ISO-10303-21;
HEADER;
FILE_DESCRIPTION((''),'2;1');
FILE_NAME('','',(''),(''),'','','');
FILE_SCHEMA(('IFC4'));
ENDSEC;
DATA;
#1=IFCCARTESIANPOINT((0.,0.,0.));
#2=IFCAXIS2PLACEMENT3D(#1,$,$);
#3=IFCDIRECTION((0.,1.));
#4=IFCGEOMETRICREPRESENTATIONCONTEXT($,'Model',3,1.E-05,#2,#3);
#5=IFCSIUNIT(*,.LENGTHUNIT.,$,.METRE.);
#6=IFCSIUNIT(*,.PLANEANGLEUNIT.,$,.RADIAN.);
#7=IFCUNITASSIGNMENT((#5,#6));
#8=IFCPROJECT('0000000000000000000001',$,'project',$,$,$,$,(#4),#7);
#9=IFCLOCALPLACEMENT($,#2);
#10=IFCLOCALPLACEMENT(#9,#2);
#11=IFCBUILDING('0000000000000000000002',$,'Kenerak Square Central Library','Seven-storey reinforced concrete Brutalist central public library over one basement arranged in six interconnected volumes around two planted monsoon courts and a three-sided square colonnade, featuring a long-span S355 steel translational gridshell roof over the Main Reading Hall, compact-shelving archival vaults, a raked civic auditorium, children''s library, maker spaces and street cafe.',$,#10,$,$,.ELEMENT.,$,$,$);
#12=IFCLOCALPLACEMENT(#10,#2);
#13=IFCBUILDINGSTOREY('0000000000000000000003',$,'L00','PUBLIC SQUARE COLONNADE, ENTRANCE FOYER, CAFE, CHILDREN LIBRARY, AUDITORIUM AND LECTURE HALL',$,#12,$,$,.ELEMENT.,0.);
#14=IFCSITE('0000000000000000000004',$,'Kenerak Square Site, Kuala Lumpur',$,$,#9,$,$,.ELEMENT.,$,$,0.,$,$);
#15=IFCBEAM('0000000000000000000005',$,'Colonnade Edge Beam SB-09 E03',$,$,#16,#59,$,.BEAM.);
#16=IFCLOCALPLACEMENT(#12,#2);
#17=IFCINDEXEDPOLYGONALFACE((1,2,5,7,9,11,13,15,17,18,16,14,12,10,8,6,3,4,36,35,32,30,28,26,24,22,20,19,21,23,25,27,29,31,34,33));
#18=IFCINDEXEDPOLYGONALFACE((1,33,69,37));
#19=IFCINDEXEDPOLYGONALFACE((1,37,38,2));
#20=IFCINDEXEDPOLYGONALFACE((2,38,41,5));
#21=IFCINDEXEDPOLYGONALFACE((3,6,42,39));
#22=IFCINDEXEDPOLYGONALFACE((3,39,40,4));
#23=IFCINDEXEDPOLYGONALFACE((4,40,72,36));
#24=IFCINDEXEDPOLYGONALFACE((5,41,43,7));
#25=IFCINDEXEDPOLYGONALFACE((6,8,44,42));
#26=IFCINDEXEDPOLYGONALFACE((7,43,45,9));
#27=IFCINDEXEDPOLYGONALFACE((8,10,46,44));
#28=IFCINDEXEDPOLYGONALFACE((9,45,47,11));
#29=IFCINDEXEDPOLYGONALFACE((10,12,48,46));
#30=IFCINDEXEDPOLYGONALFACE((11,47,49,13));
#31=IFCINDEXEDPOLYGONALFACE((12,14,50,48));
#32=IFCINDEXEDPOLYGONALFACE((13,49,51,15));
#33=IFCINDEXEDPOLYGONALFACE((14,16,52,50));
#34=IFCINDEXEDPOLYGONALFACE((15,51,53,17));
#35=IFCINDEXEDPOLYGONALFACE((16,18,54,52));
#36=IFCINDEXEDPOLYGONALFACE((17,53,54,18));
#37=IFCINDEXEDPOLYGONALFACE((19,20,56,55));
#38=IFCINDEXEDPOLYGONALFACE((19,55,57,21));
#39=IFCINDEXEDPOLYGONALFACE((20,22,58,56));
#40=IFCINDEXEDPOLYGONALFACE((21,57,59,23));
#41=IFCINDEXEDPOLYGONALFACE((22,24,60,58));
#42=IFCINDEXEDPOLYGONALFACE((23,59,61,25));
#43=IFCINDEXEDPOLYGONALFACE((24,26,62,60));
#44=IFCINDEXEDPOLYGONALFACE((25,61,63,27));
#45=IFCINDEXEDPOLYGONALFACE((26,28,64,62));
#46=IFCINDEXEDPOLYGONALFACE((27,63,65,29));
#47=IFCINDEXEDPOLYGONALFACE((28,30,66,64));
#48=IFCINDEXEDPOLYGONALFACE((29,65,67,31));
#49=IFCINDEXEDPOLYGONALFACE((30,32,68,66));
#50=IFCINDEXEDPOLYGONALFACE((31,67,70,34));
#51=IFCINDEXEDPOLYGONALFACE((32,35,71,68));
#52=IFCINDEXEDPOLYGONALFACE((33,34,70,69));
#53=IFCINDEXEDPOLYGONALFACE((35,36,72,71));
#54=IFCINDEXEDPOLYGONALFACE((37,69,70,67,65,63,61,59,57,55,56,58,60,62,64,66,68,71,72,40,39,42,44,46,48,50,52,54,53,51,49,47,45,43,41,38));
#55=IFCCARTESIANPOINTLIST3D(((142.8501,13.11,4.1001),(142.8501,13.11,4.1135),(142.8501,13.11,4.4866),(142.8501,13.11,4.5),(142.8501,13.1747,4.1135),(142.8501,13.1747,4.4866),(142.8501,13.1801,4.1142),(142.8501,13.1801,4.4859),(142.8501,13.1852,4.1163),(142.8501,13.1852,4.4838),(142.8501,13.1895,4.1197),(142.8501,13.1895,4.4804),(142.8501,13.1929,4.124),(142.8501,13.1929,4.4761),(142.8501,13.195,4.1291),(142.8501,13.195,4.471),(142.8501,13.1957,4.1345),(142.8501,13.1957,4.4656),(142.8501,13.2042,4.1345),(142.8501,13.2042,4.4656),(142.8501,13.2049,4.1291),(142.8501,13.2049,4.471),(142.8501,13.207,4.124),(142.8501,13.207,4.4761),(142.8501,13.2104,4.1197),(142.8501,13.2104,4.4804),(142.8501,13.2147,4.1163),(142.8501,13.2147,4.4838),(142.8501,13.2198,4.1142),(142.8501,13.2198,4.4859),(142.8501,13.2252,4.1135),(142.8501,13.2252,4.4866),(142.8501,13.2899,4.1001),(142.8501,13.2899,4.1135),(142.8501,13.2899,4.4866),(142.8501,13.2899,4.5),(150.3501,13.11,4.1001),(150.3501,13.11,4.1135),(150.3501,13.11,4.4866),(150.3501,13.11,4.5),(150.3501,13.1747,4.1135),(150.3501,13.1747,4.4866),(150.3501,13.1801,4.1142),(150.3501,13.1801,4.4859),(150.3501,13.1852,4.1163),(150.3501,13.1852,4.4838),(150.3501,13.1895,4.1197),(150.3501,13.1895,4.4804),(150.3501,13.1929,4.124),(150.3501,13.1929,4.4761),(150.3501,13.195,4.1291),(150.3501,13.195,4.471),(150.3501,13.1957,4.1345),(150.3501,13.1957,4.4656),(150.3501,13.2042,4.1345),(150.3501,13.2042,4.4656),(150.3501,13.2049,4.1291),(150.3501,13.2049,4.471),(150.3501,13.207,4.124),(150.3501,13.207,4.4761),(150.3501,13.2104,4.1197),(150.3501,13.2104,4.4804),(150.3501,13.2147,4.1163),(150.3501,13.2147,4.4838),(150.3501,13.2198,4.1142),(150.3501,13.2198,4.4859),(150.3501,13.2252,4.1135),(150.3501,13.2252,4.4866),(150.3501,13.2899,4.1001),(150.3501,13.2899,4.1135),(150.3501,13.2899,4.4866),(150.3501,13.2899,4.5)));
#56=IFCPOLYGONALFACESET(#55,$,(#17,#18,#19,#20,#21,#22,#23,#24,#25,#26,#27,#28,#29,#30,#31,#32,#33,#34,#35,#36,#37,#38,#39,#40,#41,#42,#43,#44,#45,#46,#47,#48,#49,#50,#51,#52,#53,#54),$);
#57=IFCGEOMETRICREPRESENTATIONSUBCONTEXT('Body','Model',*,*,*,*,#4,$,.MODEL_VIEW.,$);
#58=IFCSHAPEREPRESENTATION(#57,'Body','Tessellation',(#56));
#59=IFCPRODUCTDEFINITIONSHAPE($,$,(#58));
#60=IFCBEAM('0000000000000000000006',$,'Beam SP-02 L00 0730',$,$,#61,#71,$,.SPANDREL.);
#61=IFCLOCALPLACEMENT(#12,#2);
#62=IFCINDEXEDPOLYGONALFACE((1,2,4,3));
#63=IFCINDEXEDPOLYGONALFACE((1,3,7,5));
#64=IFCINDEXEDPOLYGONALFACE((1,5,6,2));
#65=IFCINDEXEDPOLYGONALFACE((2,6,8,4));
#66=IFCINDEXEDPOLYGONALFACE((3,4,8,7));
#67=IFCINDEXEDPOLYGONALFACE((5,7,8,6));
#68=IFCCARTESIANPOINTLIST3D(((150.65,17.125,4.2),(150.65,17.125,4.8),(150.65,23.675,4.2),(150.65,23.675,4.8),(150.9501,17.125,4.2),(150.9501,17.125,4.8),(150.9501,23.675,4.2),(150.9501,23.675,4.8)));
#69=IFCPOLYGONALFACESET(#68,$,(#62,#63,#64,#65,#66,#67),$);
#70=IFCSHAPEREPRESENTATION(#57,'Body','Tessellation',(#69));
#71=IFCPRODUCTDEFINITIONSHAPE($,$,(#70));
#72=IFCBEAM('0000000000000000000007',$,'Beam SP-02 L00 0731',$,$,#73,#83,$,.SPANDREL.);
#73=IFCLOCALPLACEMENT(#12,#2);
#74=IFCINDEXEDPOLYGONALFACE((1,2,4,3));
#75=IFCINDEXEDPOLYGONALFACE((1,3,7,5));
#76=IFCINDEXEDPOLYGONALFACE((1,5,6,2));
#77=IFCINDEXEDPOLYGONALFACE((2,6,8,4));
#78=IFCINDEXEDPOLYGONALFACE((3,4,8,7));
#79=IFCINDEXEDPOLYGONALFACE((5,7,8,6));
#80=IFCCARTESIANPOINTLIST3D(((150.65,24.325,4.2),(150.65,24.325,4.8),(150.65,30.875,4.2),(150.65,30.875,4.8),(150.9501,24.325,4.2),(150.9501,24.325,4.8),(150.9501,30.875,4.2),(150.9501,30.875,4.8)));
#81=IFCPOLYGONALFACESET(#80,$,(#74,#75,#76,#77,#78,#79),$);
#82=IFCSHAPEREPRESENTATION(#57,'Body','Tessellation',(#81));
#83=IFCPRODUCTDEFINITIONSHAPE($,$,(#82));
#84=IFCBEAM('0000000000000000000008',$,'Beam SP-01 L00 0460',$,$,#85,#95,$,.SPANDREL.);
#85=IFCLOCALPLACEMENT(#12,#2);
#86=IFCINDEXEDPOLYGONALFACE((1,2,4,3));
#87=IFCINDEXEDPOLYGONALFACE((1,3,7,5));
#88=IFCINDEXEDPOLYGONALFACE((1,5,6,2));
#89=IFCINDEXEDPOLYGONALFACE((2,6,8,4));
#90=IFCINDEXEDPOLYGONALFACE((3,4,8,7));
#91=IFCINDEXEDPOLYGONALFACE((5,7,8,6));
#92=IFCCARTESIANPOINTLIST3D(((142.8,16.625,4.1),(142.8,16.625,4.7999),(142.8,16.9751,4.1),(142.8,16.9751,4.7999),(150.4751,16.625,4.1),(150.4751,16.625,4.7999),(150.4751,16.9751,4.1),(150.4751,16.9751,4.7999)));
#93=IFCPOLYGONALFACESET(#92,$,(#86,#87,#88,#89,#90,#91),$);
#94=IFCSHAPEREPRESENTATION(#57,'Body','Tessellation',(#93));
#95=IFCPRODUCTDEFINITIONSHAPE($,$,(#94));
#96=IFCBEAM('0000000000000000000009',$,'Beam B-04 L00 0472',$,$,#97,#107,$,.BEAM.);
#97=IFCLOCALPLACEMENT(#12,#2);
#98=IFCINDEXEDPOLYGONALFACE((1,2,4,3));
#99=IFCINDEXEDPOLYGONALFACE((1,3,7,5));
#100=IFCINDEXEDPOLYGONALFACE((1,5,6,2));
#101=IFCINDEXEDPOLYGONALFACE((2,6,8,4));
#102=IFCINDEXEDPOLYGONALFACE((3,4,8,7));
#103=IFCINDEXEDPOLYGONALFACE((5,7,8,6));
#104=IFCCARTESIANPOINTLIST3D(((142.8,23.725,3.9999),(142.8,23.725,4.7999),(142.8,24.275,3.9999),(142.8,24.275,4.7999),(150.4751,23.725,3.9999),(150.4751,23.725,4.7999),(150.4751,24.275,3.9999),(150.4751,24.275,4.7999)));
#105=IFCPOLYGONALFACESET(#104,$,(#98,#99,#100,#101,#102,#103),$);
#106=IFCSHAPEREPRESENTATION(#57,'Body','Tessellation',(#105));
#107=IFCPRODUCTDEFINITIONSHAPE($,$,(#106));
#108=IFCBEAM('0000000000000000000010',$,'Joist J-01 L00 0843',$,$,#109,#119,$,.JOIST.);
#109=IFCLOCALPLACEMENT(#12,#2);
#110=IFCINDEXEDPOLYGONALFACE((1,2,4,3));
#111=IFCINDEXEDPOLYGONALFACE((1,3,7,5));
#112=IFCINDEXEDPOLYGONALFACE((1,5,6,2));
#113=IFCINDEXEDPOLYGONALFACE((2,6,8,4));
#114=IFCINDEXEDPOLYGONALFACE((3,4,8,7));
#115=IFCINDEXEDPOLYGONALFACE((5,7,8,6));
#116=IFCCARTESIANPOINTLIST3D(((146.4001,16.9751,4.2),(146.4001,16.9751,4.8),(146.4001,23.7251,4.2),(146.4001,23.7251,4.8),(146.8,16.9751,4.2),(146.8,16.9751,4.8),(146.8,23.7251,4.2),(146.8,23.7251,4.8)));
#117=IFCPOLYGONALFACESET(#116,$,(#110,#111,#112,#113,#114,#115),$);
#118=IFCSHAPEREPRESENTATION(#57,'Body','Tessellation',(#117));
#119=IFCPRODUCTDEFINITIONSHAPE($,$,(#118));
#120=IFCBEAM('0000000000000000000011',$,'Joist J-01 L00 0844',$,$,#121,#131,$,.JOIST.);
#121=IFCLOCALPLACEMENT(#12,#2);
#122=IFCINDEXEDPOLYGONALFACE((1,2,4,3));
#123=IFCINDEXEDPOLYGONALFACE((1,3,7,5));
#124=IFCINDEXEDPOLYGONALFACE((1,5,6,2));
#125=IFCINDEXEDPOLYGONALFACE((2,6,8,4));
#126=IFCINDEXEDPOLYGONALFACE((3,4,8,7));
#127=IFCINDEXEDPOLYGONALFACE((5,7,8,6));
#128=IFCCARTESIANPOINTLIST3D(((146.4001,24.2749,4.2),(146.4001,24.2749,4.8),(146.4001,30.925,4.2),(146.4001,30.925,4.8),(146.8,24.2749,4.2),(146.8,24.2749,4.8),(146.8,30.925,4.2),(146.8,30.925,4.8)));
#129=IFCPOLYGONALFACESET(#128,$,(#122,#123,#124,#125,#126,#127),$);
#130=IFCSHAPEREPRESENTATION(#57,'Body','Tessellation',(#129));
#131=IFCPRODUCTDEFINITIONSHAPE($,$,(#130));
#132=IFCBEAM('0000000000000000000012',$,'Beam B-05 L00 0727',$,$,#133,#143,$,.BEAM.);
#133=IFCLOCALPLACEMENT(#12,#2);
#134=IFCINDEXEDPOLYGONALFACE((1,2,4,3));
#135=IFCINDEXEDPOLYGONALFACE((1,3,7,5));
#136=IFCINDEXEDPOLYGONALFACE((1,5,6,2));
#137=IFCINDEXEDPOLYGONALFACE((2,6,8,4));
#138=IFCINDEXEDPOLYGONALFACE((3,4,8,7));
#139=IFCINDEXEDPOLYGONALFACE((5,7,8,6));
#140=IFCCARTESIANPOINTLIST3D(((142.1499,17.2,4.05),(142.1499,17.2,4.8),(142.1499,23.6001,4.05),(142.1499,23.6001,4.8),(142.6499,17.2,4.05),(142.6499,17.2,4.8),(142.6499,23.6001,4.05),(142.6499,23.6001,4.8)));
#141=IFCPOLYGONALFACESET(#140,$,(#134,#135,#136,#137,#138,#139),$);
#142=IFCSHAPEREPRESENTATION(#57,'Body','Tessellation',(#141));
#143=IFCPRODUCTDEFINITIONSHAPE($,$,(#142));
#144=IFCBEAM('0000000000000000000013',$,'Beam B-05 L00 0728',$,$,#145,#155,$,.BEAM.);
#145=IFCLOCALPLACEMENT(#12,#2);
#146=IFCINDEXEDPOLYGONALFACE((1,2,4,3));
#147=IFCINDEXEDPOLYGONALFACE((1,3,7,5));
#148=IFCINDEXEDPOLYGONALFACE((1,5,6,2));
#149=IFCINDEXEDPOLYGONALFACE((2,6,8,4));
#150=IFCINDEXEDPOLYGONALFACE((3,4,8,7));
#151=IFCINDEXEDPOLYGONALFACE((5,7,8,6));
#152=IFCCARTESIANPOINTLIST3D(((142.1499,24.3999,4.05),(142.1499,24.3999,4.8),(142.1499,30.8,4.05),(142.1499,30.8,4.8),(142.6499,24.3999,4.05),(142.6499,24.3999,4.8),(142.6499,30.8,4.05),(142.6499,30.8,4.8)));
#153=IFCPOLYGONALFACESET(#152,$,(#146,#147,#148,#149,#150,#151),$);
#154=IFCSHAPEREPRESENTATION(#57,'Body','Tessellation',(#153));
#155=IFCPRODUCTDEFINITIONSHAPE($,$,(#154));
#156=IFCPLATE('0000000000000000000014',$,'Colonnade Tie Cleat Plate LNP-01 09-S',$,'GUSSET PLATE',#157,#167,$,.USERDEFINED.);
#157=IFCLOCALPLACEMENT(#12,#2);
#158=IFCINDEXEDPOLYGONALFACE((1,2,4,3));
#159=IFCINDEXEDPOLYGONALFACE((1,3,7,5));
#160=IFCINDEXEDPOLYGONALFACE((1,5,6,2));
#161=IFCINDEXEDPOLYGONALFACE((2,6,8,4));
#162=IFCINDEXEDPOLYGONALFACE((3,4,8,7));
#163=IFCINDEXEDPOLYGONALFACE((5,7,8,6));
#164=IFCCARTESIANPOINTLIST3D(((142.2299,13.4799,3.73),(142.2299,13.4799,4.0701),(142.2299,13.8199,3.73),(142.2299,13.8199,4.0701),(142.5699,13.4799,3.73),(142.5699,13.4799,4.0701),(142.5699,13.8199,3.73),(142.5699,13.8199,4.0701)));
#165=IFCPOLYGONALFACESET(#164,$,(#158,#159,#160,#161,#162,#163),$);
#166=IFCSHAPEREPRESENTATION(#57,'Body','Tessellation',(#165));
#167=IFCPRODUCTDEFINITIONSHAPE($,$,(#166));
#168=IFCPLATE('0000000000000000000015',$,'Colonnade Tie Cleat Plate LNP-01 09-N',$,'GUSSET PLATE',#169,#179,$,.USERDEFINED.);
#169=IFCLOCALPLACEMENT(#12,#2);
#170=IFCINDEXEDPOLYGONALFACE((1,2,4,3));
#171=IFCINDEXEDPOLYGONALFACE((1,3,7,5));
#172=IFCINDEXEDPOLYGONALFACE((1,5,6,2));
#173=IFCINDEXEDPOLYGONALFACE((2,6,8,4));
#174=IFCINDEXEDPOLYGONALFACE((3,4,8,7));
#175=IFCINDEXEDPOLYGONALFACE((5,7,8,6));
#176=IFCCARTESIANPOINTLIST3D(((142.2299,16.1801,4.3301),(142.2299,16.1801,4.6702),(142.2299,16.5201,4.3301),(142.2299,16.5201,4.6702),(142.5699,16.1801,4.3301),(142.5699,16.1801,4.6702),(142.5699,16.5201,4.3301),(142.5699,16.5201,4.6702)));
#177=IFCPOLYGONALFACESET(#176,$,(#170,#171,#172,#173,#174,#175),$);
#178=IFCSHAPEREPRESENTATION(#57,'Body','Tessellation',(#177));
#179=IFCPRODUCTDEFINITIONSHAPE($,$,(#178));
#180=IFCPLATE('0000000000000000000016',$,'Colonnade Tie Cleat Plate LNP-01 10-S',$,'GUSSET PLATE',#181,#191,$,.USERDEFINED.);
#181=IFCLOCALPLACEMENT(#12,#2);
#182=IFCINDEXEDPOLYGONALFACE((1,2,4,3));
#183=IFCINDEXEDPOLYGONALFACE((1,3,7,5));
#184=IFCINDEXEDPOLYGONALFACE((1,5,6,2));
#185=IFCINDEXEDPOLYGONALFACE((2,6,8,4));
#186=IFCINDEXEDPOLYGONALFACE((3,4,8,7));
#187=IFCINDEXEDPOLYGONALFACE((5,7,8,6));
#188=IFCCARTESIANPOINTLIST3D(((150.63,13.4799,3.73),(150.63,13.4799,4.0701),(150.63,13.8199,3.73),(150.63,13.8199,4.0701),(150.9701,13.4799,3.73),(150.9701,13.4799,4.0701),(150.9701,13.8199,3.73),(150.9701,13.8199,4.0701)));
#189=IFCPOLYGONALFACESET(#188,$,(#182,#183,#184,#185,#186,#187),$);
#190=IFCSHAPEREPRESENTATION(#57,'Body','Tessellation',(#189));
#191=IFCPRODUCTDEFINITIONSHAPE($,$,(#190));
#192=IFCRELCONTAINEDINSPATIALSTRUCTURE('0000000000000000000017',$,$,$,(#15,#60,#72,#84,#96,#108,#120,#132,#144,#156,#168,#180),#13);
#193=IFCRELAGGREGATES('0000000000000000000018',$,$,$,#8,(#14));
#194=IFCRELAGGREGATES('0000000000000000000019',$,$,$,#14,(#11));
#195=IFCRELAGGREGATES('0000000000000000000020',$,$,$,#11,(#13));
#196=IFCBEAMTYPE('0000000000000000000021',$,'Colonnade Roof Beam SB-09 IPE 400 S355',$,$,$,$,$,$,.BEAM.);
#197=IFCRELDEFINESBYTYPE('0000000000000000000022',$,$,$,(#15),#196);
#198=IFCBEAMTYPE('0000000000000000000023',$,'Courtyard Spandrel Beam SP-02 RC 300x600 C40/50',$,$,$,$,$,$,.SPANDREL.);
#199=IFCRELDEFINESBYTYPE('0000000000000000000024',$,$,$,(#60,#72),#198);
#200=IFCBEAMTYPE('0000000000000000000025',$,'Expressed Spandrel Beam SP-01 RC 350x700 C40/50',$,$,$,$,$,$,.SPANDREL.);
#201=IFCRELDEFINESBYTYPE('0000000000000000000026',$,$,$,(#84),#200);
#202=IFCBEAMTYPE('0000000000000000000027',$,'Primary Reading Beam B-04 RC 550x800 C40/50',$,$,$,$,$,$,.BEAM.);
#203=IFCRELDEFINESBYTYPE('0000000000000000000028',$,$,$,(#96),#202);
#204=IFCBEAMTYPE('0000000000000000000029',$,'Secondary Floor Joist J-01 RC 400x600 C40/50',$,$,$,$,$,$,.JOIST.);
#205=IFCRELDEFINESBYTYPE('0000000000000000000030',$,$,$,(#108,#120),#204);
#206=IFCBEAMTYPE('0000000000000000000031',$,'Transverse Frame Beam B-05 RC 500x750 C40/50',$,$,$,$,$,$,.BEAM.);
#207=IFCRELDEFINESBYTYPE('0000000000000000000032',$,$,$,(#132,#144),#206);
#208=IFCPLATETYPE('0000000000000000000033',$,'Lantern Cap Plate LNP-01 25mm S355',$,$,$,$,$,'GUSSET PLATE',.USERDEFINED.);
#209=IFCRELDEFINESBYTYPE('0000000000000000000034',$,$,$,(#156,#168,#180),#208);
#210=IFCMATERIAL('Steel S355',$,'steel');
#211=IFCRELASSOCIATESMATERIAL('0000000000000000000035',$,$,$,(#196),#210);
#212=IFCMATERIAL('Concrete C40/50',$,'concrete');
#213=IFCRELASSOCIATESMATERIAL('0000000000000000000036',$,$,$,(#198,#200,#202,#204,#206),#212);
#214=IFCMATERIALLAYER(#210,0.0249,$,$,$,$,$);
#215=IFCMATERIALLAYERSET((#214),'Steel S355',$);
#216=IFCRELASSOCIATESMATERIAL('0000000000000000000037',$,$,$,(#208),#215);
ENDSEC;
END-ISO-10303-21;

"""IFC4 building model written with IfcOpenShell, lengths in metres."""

from ifc_helpers import new_model, si_unit, direction, frame, origin, origin_2d, place, context, subcontext, project, spatial, rectangle, i_section, extrude, material, layer, layer_set, material_profile, profile_set, type_object, element, save


model = new_model("IFC4")

# Units and contexts
model_context = context("Model", 3, precision=1e-05, world=origin(), true_north=direction((0.0, 1.0)))
body_context = subcontext(model_context, "Body", "Model", "MODEL_VIEW")
ifc_project = project(units=[si_unit("LENGTHUNIT", "METRE"), si_unit("PLANEANGLEUNIT", "RADIAN")], contexts=[model_context])

# Site, building, storey
site_placement = place(None, origin())
site = spatial("IfcSite", under=ifc_project, at=site_placement, Name="Kenerak Square Site, Kuala Lumpur", CompositionType="ELEMENT", RefElevation=0.0)
building_placement = place(site_placement, origin())
building = spatial("IfcBuilding", under=site, at=building_placement, Name="Kenerak Square Central Library", Description="Seven-storey reinforced concrete Brutalist central public library over one basement arranged in six interconnected volumes around two planted monsoon courts and a three-sided square colonnade, featuring a long-span S355 steel translational gridshell roof over the Main Reading Hall, compact-shelving archival vaults, a raked civic auditorium, children's library, maker spaces and street cafe.", CompositionType="ELEMENT")
storey_placement = place(building_placement, origin())
storey = spatial("IfcBuildingStorey", under=building, at=storey_placement, Name="L00", Description="PUBLIC SQUARE COLONNADE, ENTRANCE FOYER, CAFE, CHILDREN LIBRARY, AUDITORIUM AND LECTURE HALL", CompositionType="ELEMENT", Elevation=0.0)

# Shared definitions
ifc_material_1 = material(Name="Concrete C40/50", Category="concrete")

# Shared definitions
ifc_material_2 = material(Name="Steel S355", Category="steel")

# Beams
ifc_material_profile_1 = material_profile(ifc_material_2, i_section(OverallWidth=0.1799, OverallDepth=0.3999, WebThickness=0.0085, FlangeThickness=0.0134, FilletRadius=0.021, at=origin_2d()), Name="IPE 400")
ifc_profile_set_1 = profile_set([ifc_material_profile_1], Name="Steel S355")
beam_type_1 = type_object("IfcBeamType", Name="Colonnade Roof Beam SB-09 IPE 400 S355", PredefinedType="BEAM", material=ifc_profile_set_1)
beam_1_placement = place(storey_placement, frame((142.8501, 13.2, 4.3), z_axis=(1.0, 0.0, 0.0), x_axis=(0.0, 1.0, 0.0)))
element("IfcBeam", 1, at=beam_1_placement, inside=storey, type_object=beam_type_1, Name="Colonnade Edge Beam SB-09 E03", PredefinedType="BEAM", context=body_context, shape_type="SweptSolid", body=[
    extrude(i_section(OverallWidth=0.1799, OverallDepth=0.3999, WebThickness=0.0085, FlangeThickness=0.0134, FilletRadius=0.021, at=origin_2d()), origin(), (0.0, 0.0, 1.0), 7.5),
])
ifc_material_profile_2 = material_profile(ifc_material_1, rectangle(XDim=0.3, YDim=0.6001, at=origin_2d()), Name="RC 300x600")
ifc_profile_set_2 = profile_set([ifc_material_profile_2], Name="Concrete C40/50")
beam_type_2 = type_object("IfcBeamType", Name="Courtyard Spandrel Beam SP-02 RC 300x600 C40/50", PredefinedType="SPANDREL", material=ifc_profile_set_2)
for number, where, z_axis, x_axis, name in (
    (2, (150.8, 17.125, 4.5), (0.0, 1.0, 0.0), (-1.0, 0.0, 0.0), "Beam SP-02 L00 0730"),
    (3, (150.8, 24.325, 4.5), (0.0, 1.0, 0.0), (-1.0, 0.0, 0.0), "Beam SP-02 L00 0731"),
):
    element("IfcBeam", number, at=place(storey_placement, frame(where, z_axis=z_axis, x_axis=x_axis)), inside=storey, type_object=beam_type_2, Name=name, PredefinedType="SPANDREL", context=body_context, shape_type="SweptSolid", body=[
        extrude(rectangle(XDim=0.3, YDim=0.6001, at=origin_2d()), origin(), (0.0, 0.0, 1.0), 6.55),
    ])
ifc_material_profile_3 = material_profile(ifc_material_1, rectangle(XDim=0.3501, YDim=0.7, at=origin_2d()), Name="RC 350x700")
ifc_profile_set_3 = profile_set([ifc_material_profile_3], Name="Concrete C40/50")
beam_type_3 = type_object("IfcBeamType", Name="Expressed Spandrel Beam SP-01 RC 350x700 C40/50", PredefinedType="SPANDREL", material=ifc_profile_set_3)
beam_2_placement = place(storey_placement, frame((142.8, 16.8, 4.45), z_axis=(1.0, 0.0, 0.0), x_axis=(0.0, 1.0, 0.0)))
element("IfcBeam", 4, at=beam_2_placement, inside=storey, type_object=beam_type_3, Name="Beam SP-01 L00 0460", PredefinedType="SPANDREL", context=body_context, shape_type="SweptSolid", body=[
    extrude(rectangle(XDim=0.3501, YDim=0.7, at=origin_2d()), origin(), (0.0, 0.0, 1.0), 7.675),
])
ifc_material_profile_4 = material_profile(ifc_material_1, rectangle(XDim=0.55, YDim=0.8, at=origin_2d()), Name="RC 550x800")
ifc_profile_set_4 = profile_set([ifc_material_profile_4], Name="Concrete C40/50")
beam_type_4 = type_object("IfcBeamType", Name="Primary Reading Beam B-04 RC 550x800 C40/50", PredefinedType="BEAM", material=ifc_profile_set_4)
beam_3_placement = place(storey_placement, frame((142.8, 24.0, 4.3999), z_axis=(1.0, 0.0, 0.0), x_axis=(0.0, 1.0, 0.0)))
element("IfcBeam", 5, at=beam_3_placement, inside=storey, type_object=beam_type_4, Name="Beam B-04 L00 0472", PredefinedType="BEAM", context=body_context, shape_type="SweptSolid", body=[
    extrude(rectangle(XDim=0.55, YDim=0.8, at=origin_2d()), origin(), (0.0, 0.0, 1.0), 7.675),
])
ifc_material_profile_5 = material_profile(ifc_material_1, rectangle(XDim=0.3999, YDim=0.6001, at=origin_2d()), Name="RC 400x600")
ifc_profile_set_5 = profile_set([ifc_material_profile_5], Name="Concrete C40/50")
beam_type_5 = type_object("IfcBeamType", Name="Secondary Floor Joist J-01 RC 400x600 C40/50", PredefinedType="JOIST", material=ifc_profile_set_5)
beam_4_placement = place(storey_placement, frame((146.6001, 16.9751, 4.5), z_axis=(0.0, 1.0, 0.0), x_axis=(-1.0, 0.0, 0.0)))
element("IfcBeam", 6, at=beam_4_placement, inside=storey, type_object=beam_type_5, Name="Joist J-01 L00 0843", PredefinedType="JOIST", context=body_context, shape_type="SweptSolid", body=[
    extrude(rectangle(XDim=0.3999, YDim=0.6001, at=origin_2d()), origin(), (0.0, 0.0, 1.0), 6.75),
])
beam_5_placement = place(storey_placement, frame((146.6001, 24.2749, 4.5), z_axis=(0.0, 1.0, 0.0), x_axis=(-1.0, 0.0, 0.0)))
element("IfcBeam", 7, at=beam_5_placement, inside=storey, type_object=beam_type_5, Name="Joist J-01 L00 0844", PredefinedType="JOIST", context=body_context, shape_type="SweptSolid", body=[
    extrude(rectangle(XDim=0.3999, YDim=0.6001, at=origin_2d()), origin(), (0.0, 0.0, 1.0), 6.6501),
])
ifc_material_profile_6 = material_profile(ifc_material_1, rectangle(XDim=0.5, YDim=0.75, at=origin_2d()), Name="RC 500x750")
ifc_profile_set_6 = profile_set([ifc_material_profile_6], Name="Concrete C40/50")
beam_type_6 = type_object("IfcBeamType", Name="Transverse Frame Beam B-05 RC 500x750 C40/50", PredefinedType="BEAM", material=ifc_profile_set_6)
for number, where, z_axis, x_axis, name in (
    (8, (142.3999, 17.2, 4.425), (0.0, 1.0, 0.0), (-1.0, 0.0, 0.0), "Beam B-05 L00 0727"),
    (9, (142.3999, 24.3999, 4.425), (0.0, 1.0, 0.0), (-1.0, 0.0, 0.0), "Beam B-05 L00 0728"),
):
    element("IfcBeam", number, at=place(storey_placement, frame(where, z_axis=z_axis, x_axis=x_axis)), inside=storey, type_object=beam_type_6, Name=name, PredefinedType="BEAM", context=body_context, shape_type="SweptSolid", body=[
        extrude(rectangle(XDim=0.5, YDim=0.75, at=origin_2d()), origin(), (0.0, 0.0, 1.0), 6.4001),
    ])

# Plates
ifc_layer_1 = layer(ifc_material_2, 0.0249)
ifc_layer_set_1 = layer_set([ifc_layer_1], Name="Steel S355")
plate_type = type_object("IfcPlateType", Name="Lantern Cap Plate LNP-01 25mm S355", ElementType="GUSSET PLATE", PredefinedType="USERDEFINED", material=ifc_layer_set_1)
for number, where, z_axis, x_axis, name in (
    (10, (142.3999, 13.6499, 3.73), (0.0, 0.0, 1.0), (1.0, 0.0, 0.0), "Colonnade Tie Cleat Plate LNP-01 09-S"),
    (11, (142.3999, 16.3501, 4.3301), (0.0, 0.0, 1.0), (1.0, 0.0, 0.0), "Colonnade Tie Cleat Plate LNP-01 09-N"),
    (12, (150.8, 13.6499, 3.73), (0.0, 0.0, 1.0), (1.0, 0.0, 0.0), "Colonnade Tie Cleat Plate LNP-01 10-S"),
):
    element("IfcPlate", number, at=place(storey_placement, frame(where, z_axis=z_axis, x_axis=x_axis)), inside=storey, type_object=plate_type, Name=name, ObjectType="GUSSET PLATE", PredefinedType="USERDEFINED", context=body_context, shape_type="SweptSolid", body=[
        extrude(rectangle(XDim=0.3401, YDim=0.3401, at=origin_2d()), origin(), (0.0, 0.0, 1.0), 0.3401),
    ])

save(model, "model.ifc")
